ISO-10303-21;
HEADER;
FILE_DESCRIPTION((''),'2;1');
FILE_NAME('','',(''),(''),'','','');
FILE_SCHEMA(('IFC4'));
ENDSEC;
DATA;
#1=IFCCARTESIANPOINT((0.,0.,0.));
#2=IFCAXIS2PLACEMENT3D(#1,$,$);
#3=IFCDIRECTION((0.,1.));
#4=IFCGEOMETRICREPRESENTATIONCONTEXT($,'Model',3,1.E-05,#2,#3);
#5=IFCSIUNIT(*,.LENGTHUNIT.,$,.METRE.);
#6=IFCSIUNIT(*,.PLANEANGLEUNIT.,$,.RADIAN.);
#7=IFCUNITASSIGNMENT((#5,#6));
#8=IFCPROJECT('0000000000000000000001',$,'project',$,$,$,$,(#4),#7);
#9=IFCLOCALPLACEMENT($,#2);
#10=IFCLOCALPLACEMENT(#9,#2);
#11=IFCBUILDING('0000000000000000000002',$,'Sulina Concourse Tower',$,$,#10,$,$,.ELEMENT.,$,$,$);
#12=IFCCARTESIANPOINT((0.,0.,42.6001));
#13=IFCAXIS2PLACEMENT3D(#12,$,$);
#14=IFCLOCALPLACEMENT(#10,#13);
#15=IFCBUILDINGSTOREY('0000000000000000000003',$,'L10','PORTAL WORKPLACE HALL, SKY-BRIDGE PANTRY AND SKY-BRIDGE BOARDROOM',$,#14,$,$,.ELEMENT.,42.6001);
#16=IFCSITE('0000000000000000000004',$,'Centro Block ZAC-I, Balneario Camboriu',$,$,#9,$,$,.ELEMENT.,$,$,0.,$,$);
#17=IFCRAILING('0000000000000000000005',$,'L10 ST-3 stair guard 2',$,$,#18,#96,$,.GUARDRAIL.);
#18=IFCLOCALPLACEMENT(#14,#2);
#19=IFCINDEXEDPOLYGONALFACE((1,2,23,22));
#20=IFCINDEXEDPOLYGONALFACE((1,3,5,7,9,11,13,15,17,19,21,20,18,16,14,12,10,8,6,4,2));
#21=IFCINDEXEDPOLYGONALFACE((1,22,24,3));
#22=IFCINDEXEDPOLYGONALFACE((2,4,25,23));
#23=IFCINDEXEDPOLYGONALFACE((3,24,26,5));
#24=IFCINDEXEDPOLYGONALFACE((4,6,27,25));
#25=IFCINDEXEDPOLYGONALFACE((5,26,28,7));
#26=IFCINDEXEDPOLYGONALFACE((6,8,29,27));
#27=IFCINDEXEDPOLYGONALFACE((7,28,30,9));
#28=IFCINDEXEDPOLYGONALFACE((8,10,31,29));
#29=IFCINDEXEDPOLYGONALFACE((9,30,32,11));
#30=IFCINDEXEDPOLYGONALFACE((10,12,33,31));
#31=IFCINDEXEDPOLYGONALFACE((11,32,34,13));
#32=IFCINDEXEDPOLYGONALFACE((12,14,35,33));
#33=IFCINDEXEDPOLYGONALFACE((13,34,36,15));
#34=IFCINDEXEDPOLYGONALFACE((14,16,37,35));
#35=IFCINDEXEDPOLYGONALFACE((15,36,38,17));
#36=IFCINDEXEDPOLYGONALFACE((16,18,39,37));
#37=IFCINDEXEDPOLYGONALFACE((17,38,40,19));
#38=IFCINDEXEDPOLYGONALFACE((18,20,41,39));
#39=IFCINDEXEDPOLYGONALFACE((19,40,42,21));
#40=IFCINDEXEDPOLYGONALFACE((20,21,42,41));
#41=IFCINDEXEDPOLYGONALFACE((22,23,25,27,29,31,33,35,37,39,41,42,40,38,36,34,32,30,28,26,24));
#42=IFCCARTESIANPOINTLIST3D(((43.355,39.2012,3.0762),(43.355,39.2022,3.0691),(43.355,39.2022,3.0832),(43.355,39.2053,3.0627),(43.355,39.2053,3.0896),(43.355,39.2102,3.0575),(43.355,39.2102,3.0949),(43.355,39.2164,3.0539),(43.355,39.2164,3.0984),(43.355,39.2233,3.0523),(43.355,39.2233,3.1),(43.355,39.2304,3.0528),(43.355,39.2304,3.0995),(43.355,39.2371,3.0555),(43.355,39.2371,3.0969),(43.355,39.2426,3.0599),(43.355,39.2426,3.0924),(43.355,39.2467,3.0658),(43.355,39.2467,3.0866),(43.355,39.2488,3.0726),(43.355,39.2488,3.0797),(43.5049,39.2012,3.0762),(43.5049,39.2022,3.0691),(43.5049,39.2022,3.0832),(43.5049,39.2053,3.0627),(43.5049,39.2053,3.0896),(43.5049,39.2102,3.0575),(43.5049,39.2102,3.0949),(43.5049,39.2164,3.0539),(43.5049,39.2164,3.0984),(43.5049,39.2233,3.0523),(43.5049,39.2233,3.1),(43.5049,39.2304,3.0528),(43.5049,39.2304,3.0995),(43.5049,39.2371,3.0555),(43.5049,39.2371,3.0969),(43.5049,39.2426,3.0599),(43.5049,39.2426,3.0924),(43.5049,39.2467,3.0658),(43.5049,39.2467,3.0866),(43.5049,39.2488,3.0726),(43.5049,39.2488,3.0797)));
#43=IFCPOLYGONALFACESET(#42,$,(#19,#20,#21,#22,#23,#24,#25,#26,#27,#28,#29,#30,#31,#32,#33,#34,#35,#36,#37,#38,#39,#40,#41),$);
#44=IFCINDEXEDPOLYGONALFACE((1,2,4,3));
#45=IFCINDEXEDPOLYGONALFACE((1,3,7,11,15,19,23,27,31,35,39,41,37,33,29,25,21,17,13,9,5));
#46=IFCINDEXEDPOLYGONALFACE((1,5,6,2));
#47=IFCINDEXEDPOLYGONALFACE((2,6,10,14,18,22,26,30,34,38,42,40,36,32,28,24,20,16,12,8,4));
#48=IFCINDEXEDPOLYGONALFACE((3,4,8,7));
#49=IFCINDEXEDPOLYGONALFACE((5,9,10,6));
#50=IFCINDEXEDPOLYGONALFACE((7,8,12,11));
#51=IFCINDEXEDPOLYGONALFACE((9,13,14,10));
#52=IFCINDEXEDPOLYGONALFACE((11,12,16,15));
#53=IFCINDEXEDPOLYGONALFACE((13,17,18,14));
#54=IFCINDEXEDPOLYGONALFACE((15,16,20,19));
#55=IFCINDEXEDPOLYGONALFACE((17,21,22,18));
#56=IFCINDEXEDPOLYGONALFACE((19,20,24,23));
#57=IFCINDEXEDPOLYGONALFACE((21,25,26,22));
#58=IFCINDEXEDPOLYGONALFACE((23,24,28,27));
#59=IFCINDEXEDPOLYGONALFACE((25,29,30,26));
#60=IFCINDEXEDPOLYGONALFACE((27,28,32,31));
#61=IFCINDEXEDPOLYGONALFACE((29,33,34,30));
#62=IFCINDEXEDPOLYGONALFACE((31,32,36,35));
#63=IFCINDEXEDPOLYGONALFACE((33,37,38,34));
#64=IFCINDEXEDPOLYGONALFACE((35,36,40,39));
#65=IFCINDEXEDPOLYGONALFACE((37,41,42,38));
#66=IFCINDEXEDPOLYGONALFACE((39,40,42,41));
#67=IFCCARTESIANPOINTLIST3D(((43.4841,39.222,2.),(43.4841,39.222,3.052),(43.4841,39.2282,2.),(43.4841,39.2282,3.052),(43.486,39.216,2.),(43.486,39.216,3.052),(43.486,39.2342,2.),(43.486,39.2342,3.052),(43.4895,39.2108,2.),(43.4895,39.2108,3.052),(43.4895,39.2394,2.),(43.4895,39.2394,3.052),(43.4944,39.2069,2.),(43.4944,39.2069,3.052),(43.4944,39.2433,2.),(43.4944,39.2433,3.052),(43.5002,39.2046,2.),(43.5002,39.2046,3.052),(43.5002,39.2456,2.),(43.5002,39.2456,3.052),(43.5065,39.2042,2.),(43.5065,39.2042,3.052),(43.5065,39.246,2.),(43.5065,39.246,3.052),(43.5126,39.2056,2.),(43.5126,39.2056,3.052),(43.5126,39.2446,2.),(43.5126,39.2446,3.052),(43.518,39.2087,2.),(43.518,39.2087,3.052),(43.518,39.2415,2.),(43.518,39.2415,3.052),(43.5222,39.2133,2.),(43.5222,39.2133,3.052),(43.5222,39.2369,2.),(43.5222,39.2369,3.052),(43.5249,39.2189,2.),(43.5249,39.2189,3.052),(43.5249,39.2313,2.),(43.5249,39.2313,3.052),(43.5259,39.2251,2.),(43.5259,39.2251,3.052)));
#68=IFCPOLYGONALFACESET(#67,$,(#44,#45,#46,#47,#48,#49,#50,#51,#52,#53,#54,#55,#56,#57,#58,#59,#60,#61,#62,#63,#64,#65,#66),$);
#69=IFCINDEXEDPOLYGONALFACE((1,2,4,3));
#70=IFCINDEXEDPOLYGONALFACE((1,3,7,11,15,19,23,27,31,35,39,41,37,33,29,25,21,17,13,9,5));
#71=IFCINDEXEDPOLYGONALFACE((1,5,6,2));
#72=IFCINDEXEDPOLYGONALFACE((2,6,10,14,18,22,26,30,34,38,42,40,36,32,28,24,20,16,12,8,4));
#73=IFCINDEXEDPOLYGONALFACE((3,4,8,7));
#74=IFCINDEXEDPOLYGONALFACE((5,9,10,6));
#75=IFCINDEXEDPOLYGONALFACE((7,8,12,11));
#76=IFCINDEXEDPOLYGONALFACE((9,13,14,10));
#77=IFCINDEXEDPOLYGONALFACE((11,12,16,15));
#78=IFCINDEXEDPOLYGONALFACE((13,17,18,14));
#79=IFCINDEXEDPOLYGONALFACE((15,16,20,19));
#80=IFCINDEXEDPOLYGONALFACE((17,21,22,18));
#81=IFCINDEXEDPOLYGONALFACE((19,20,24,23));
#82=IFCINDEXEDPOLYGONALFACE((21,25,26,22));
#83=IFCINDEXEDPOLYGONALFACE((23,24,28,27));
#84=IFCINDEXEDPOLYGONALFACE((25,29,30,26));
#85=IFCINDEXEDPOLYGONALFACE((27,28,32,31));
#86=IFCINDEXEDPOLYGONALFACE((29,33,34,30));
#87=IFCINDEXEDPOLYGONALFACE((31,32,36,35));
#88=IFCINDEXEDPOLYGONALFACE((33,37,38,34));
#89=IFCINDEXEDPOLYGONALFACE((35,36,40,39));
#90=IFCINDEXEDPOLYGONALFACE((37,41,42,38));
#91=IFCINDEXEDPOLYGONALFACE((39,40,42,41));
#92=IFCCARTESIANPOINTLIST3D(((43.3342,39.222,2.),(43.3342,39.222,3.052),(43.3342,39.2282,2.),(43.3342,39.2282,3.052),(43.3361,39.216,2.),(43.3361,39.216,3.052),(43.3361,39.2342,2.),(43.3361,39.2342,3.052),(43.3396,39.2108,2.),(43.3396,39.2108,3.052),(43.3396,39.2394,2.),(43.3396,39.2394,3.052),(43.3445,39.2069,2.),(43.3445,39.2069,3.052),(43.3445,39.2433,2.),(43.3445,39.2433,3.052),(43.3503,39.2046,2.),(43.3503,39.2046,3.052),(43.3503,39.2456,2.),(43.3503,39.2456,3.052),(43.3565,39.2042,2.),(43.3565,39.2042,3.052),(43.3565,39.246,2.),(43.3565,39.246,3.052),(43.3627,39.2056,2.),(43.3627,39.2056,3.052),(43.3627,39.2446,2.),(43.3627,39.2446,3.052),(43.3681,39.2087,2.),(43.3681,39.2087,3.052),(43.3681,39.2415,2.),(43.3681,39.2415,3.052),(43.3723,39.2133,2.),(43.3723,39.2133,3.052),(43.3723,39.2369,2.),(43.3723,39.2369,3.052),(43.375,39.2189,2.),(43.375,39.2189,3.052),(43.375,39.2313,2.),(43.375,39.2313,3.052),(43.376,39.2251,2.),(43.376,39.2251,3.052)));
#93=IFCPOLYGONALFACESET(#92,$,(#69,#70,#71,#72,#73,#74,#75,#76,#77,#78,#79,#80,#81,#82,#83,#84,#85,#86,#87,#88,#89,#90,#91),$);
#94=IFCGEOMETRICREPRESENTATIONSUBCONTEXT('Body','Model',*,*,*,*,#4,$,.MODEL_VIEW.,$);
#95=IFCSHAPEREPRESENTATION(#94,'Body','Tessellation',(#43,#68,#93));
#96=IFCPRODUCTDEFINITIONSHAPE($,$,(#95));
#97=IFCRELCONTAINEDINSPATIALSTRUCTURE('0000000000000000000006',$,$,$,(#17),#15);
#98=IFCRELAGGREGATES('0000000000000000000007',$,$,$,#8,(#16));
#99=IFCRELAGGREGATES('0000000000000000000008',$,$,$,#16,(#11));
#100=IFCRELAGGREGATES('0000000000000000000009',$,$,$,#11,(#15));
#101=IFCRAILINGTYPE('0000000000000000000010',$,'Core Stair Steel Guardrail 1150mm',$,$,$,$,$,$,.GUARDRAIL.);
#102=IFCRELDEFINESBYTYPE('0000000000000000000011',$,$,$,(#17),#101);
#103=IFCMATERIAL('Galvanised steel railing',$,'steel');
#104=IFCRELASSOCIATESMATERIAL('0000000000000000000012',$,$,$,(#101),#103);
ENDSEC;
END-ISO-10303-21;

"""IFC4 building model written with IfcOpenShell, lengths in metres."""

from ifc_helpers import new_model, si_unit, direction, frame, origin, origin_2d, place, context, subcontext, project, spatial, circle, extrude, material, type_object, element, save


model = new_model("IFC4")

# Units and contexts
model_context = context("Model", 3, precision=1e-05, world=origin(), true_north=direction((0.0, 1.0)))
body_context = subcontext(model_context, "Body", "Model", "MODEL_VIEW")
ifc_project = project(units=[si_unit("LENGTHUNIT", "METRE"), si_unit("PLANEANGLEUNIT", "RADIAN")], contexts=[model_context])

# Site, building, storey
site_placement = place(None, origin())
site = spatial("IfcSite", under=ifc_project, at=site_placement, Name="Centro Block ZAC-I, Balneario Camboriu", CompositionType="ELEMENT", RefElevation=0.0)
building_placement = place(site_placement, origin())
building = spatial("IfcBuilding", under=site, at=building_placement, Name="Sulina Concourse Tower", CompositionType="ELEMENT")
storey_placement = place(building_placement, frame((0.0, 0.0, 42.6001)))
storey = spatial("IfcBuildingStorey", under=building, at=storey_placement, Name="L10", Description="PORTAL WORKPLACE HALL, SKY-BRIDGE PANTRY AND SKY-BRIDGE BOARDROOM", CompositionType="ELEMENT", Elevation=42.6001)

# Railing
ifc_material_1 = material(Name="Galvanised steel railing", Category="steel")
railing_type_1 = type_object("IfcRailingType", Name="Core Stair Steel Guardrail 1150mm", PredefinedType="GUARDRAIL", material=ifc_material_1)
railing_1_placement = place(storey_placement, frame((43.5049, 39.2251, 2.0)))
element("IfcRailing", 1, at=railing_1_placement, inside=storey, type_object=railing_type_1, Name="L10 ST-3 stair guard 2", PredefinedType="GUARDRAIL", context=body_context, shape_type="SweptSolid", body=[
    extrude(circle(Radius=0.0239, at=origin_2d()), frame((0.0, 0.0, 1.0762), z_axis=(-1.0, 0.0, 0.0), x_axis=(0.0, -1.0, 0.0)), (0.0, 0.0, 1.0), 0.1499),
    extrude(circle(Radius=0.021, at=origin_2d()), origin(), (0.0, 0.0, 1.0), 1.052),
    extrude(circle(Radius=0.021, at=origin_2d()), frame((-0.1499, 0.0, 0.0)), (0.0, 0.0, 1.0), 1.052),
])

save(model, "model.ifc")
